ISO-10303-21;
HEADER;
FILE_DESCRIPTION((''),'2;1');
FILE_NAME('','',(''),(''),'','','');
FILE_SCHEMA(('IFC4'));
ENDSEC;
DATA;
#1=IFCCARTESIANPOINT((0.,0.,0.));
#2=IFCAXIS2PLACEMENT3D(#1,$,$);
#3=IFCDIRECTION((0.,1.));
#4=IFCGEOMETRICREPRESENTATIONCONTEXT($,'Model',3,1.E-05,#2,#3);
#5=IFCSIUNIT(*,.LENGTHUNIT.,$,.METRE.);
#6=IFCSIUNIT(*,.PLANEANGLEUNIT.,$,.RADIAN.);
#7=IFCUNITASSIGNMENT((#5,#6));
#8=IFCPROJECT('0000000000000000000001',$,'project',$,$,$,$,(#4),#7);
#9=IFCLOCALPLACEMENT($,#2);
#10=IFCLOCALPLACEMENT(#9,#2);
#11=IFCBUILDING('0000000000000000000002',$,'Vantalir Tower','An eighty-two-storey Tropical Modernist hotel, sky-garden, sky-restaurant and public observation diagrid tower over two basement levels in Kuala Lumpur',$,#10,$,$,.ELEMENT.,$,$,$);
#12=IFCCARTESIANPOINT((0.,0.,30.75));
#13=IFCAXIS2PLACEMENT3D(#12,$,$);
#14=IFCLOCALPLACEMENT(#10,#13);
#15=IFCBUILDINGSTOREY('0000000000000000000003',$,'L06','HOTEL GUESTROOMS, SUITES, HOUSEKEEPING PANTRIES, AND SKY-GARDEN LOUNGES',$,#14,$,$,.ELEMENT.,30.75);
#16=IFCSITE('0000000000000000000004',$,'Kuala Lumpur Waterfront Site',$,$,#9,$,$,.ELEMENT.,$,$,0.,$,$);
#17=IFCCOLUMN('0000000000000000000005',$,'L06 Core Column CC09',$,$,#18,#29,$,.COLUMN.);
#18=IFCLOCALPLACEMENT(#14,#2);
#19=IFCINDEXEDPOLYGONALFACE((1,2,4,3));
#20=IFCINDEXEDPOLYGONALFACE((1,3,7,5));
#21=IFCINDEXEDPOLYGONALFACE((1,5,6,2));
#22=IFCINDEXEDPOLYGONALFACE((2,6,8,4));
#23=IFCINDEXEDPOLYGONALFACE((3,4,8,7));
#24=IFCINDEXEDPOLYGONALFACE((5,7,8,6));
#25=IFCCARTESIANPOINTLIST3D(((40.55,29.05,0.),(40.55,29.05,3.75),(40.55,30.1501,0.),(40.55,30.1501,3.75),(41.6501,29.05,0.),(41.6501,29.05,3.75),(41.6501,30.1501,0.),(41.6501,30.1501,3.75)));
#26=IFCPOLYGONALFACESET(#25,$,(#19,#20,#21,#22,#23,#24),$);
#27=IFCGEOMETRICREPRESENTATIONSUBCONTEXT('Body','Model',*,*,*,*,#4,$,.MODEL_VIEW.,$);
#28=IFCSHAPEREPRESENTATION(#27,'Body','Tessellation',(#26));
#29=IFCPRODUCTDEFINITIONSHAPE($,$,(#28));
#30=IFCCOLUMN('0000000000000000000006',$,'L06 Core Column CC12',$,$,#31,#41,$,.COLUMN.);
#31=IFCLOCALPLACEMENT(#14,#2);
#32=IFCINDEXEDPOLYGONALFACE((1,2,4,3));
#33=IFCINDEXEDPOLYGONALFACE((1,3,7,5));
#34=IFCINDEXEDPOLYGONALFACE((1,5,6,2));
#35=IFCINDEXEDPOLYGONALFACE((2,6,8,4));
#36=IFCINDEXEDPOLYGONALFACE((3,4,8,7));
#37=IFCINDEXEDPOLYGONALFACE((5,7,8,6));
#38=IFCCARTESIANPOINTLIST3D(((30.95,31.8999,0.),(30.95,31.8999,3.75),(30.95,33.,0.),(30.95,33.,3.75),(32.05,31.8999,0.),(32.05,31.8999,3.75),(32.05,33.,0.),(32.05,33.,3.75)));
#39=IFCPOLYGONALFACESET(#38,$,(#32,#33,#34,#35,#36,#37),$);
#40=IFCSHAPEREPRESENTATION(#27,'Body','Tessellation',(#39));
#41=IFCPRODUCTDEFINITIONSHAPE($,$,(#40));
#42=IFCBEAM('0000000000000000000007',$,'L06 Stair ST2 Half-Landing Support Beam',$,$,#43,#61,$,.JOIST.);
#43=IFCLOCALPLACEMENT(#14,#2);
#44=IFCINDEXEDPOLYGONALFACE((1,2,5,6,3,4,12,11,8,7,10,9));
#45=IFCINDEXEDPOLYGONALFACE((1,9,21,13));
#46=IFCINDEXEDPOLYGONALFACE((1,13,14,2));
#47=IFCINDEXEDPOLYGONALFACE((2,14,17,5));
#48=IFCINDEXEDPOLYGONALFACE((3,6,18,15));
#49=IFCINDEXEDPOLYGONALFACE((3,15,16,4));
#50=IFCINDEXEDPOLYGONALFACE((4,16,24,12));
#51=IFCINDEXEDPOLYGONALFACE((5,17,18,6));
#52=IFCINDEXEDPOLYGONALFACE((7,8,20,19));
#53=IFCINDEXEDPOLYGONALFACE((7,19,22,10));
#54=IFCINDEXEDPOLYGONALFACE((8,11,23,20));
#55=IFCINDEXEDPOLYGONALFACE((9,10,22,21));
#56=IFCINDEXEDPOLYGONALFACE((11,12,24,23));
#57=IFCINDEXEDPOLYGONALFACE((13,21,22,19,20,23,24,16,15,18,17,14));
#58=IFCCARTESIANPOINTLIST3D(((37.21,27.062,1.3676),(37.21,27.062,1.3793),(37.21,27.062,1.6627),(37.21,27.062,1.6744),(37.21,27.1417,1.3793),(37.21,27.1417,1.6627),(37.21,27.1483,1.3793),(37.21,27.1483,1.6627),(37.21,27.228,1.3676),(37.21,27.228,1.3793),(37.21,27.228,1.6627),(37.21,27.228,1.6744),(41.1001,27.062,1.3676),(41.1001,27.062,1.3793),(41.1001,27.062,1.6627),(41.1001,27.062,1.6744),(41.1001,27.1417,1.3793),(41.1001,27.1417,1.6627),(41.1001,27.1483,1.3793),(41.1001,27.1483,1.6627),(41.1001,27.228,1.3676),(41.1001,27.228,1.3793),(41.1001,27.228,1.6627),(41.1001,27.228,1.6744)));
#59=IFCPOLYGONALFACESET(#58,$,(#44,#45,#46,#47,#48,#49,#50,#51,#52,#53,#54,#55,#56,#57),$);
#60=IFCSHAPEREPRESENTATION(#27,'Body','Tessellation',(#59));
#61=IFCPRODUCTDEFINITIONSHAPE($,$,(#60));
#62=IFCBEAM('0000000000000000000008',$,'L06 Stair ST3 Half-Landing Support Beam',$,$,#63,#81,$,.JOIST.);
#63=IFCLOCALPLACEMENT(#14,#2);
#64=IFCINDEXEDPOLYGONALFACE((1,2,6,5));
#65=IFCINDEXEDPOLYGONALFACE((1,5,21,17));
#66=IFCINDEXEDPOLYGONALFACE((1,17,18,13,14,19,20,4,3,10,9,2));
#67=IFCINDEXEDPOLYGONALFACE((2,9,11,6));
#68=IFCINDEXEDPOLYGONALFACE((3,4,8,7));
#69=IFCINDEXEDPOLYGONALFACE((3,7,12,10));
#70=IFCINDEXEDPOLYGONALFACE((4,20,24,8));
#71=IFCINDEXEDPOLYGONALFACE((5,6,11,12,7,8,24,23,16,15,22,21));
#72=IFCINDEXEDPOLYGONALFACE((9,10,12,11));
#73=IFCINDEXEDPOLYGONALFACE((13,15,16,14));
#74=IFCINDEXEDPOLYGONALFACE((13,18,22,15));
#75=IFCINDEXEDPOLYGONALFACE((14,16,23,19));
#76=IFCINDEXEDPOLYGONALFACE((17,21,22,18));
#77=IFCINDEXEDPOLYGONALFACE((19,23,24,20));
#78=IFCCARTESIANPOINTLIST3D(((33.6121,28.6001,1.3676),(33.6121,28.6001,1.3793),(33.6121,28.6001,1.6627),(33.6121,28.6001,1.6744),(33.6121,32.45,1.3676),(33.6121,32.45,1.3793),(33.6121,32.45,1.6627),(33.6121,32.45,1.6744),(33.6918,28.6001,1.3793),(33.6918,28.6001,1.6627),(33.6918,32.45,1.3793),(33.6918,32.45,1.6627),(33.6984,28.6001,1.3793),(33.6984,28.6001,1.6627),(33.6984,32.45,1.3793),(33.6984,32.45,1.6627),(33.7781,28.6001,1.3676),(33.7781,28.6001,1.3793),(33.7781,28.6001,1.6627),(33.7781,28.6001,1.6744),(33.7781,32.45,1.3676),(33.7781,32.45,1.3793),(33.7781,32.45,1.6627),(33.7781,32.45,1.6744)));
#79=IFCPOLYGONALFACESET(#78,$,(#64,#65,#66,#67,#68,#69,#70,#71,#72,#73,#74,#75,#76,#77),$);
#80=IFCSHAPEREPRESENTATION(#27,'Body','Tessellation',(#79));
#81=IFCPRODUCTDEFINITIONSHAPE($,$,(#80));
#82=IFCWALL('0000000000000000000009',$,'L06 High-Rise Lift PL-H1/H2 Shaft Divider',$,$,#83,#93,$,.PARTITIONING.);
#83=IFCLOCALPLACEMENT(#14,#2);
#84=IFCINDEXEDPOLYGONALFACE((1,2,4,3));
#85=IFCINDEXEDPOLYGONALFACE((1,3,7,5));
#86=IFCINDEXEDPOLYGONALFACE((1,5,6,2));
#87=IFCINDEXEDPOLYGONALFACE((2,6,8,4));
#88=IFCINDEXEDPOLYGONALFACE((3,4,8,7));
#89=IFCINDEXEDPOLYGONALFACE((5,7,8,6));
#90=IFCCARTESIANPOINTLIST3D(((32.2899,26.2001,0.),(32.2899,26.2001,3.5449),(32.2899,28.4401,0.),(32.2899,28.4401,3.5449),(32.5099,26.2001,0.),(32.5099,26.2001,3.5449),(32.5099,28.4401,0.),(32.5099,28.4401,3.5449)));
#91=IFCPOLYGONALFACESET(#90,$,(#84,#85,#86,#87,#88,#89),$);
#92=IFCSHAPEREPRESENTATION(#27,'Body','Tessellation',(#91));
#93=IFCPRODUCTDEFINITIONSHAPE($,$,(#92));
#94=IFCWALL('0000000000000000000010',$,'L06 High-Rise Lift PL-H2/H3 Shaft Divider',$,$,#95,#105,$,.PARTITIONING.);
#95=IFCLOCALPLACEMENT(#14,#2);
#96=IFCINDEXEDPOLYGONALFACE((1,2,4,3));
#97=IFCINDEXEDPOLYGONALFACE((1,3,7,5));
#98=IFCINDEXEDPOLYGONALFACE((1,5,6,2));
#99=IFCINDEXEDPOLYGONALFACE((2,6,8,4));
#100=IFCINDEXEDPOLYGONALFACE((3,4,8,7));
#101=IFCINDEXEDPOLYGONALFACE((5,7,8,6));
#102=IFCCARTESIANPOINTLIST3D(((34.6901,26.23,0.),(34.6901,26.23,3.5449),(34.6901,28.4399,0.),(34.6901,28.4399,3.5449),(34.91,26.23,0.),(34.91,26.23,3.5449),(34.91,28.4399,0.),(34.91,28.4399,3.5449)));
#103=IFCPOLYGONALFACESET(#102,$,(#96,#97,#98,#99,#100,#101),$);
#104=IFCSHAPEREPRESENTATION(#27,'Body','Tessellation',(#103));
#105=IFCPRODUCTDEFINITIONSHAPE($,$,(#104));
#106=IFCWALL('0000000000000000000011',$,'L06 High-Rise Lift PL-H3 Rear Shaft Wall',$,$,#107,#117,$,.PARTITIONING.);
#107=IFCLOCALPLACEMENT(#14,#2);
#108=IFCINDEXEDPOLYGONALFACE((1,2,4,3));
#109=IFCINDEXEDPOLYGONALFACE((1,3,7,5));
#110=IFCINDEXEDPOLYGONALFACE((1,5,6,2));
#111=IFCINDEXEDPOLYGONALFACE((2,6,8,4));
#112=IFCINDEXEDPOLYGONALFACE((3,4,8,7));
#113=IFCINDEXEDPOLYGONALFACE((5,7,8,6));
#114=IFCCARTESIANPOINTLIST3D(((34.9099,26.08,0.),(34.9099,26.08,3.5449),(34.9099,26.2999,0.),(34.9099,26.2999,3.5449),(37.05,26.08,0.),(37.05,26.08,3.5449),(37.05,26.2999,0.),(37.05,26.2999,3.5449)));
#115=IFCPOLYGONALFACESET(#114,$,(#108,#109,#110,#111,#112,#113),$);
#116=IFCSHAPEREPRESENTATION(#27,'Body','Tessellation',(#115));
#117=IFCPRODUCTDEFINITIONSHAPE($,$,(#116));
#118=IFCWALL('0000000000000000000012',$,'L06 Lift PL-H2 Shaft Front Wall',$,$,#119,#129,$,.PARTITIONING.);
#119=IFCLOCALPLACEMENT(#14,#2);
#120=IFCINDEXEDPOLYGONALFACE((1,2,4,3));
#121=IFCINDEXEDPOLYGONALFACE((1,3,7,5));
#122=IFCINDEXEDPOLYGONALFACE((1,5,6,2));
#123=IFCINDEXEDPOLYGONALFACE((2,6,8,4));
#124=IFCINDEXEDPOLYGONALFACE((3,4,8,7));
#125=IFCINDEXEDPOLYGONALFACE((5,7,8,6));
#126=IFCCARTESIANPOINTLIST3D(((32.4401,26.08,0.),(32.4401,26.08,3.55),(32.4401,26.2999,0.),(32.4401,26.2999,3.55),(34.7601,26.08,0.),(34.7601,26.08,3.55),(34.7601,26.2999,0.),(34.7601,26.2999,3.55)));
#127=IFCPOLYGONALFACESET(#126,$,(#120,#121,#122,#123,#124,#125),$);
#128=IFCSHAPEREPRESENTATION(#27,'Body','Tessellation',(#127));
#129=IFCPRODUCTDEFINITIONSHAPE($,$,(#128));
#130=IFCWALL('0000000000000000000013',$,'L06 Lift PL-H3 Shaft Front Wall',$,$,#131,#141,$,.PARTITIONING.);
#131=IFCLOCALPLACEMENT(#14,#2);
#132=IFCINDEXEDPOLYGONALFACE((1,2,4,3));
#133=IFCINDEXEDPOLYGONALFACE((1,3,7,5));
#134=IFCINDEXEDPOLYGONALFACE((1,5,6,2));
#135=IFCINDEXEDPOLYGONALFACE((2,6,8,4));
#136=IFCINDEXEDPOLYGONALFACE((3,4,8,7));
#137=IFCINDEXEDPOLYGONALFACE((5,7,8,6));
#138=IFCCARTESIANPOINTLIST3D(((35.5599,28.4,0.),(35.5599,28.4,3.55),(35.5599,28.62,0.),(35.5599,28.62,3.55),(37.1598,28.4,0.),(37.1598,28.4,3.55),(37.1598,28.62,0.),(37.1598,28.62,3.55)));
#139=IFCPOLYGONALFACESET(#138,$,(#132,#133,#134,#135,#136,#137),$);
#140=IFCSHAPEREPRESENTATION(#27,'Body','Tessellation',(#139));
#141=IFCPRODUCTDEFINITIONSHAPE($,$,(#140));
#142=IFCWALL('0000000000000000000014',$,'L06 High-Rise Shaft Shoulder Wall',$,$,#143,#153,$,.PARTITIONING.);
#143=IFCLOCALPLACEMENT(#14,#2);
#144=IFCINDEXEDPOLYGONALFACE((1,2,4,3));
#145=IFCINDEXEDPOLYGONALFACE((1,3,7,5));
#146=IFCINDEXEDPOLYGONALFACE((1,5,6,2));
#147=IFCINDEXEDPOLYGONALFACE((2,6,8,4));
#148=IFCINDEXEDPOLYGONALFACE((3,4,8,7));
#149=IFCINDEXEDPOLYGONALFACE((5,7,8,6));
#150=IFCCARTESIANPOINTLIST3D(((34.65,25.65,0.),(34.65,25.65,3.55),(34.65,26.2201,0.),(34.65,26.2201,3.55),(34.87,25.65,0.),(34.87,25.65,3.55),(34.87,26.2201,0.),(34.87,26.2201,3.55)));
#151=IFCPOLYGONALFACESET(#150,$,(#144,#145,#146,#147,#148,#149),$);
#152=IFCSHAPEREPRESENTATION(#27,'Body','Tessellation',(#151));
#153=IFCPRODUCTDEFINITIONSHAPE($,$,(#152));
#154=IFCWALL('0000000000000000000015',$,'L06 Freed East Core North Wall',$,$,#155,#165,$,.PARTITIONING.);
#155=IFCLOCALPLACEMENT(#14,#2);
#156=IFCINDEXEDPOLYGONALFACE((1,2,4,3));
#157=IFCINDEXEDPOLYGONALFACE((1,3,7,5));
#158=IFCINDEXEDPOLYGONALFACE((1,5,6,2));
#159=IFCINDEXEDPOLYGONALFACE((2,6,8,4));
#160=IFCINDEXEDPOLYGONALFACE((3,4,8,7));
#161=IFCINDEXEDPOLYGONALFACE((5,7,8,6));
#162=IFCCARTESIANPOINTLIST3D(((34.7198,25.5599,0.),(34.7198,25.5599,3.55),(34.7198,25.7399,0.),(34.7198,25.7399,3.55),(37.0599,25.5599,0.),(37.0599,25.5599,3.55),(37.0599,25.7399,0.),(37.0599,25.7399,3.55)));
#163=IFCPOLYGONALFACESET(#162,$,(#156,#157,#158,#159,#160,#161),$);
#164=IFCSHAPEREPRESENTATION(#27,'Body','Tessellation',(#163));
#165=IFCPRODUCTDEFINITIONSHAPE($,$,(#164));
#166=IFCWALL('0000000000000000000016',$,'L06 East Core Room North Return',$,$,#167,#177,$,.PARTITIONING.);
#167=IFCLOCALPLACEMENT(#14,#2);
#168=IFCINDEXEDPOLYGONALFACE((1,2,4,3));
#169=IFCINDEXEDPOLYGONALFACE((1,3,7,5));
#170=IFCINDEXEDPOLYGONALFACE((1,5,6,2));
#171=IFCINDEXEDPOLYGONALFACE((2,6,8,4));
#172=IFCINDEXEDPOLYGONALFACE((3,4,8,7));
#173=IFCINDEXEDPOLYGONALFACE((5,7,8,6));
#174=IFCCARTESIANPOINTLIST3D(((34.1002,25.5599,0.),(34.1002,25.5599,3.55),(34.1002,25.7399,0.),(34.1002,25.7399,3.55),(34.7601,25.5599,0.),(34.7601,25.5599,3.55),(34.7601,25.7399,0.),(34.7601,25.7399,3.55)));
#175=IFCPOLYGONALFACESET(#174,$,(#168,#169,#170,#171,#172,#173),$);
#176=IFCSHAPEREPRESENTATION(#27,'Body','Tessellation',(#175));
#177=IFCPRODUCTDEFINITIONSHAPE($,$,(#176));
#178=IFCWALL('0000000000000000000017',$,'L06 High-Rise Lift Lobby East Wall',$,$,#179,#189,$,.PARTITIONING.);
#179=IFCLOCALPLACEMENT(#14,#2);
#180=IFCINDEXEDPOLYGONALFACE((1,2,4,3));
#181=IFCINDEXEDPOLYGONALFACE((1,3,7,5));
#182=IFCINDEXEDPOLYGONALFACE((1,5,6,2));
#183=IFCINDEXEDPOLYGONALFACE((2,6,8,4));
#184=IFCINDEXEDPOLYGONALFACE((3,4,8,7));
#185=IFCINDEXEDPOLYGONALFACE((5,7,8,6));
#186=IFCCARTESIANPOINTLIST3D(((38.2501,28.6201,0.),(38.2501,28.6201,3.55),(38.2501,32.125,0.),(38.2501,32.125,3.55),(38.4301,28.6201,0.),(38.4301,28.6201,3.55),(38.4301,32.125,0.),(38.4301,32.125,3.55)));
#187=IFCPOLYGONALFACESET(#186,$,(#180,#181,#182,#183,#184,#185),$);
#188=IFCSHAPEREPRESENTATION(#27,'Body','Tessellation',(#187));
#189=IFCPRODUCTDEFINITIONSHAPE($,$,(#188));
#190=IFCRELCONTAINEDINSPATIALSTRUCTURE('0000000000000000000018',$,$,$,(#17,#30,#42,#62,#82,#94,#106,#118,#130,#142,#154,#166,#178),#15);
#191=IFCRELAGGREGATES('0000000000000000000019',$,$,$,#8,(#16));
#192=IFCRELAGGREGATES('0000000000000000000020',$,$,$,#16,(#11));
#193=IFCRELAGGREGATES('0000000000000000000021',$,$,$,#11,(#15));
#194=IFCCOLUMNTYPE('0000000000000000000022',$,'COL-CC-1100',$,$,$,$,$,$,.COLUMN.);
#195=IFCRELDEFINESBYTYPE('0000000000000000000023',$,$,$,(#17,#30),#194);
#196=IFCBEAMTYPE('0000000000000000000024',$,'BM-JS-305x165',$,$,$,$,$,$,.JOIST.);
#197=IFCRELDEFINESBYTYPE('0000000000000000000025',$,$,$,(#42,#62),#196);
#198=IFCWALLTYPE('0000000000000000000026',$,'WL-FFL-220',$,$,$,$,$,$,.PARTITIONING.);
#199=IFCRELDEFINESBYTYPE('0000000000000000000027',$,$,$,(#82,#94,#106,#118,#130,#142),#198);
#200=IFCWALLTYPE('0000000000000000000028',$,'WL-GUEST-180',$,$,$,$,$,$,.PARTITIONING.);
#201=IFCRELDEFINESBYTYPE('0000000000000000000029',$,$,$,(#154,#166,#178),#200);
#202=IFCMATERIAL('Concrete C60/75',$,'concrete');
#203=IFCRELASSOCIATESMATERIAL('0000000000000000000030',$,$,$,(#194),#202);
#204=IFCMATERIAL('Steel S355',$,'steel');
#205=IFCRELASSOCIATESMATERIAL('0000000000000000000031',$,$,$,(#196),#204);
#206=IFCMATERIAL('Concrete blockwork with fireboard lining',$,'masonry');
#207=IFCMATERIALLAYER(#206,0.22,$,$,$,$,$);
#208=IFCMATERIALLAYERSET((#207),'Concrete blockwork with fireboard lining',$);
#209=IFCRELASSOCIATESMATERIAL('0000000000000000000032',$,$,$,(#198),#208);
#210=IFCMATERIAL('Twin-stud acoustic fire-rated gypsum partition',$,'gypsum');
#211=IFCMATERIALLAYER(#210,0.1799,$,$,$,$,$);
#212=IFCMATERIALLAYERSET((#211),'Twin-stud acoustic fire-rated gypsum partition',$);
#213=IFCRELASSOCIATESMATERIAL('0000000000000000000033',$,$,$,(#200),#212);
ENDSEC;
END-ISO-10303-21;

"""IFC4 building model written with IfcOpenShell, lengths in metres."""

from ifc_helpers import new_model, si_unit, direction, frame, frame_2d, origin, origin_2d, place, context, subcontext, project, spatial, rectangle, i_section, extrude, material, layer, layer_set, material_profile, profile_set, type_object, element, save


model = new_model("IFC4")

# Units and contexts
model_context = context("Model", 3, precision=1e-05, world=origin(), true_north=direction((0.0, 1.0)))
body_context = subcontext(model_context, "Body", "Model", "MODEL_VIEW")
ifc_project = project(units=[si_unit("LENGTHUNIT", "METRE"), si_unit("PLANEANGLEUNIT", "RADIAN")], contexts=[model_context])

# Site, building, storey
site_placement = place(None, origin())
site = spatial("IfcSite", under=ifc_project, at=site_placement, Name="Kuala Lumpur Waterfront Site", CompositionType="ELEMENT", RefElevation=0.0)
building_placement = place(site_placement, origin())
building = spatial("IfcBuilding", under=site, at=building_placement, Name="Vantalir Tower", Description="An eighty-two-storey Tropical Modernist hotel, sky-garden, sky-restaurant and public observation diagrid tower over two basement levels in Kuala Lumpur", CompositionType="ELEMENT")
storey_placement = place(building_placement, frame((0.0, 0.0, 30.75)))
storey = spatial("IfcBuildingStorey", under=building, at=storey_placement, Name="L06", Description="HOTEL GUESTROOMS, SUITES, HOUSEKEEPING PANTRIES, AND SKY-GARDEN LOUNGES", CompositionType="ELEMENT", Elevation=30.75)

# Columns
ifc_material_1 = material(Name="Concrete C60/75", Category="concrete")
ifc_material_profile_1 = material_profile(ifc_material_1, rectangle(XDim=1.1001, YDim=1.1001, at=origin_2d()), Name="Concrete C60/75")
ifc_profile_set_1 = profile_set([ifc_material_profile_1], Name="Concrete C60/75")
column_type = type_object("IfcColumnType", Name="COL-CC-1100", PredefinedType="COLUMN", material=ifc_profile_set_1)
for number, where, z_axis, x_axis, name in (
    (1, (41.1001, 29.6001, 0.0), (0.0, 0.0, 1.0), (1.0, 0.0, 0.0), "L06 Core Column CC09"),
    (2, (31.5, 32.45, 0.0), (0.0, 0.0, 1.0), (1.0, 0.0, 0.0), "L06 Core Column CC12"),
):
    element("IfcColumn", number, at=place(storey_placement, frame(where, z_axis=z_axis, x_axis=x_axis)), inside=storey, type_object=column_type, Name=name, PredefinedType="COLUMN", context=body_context, shape_type="SweptSolid", body=[
        extrude(rectangle(XDim=1.1001, YDim=1.1001, at=origin_2d()), origin(), (0.0, 0.0, 1.0), 3.75),
    ])

# Beams
ifc_material_2 = material(Name="Steel S355", Category="steel")
ifc_material_profile_2 = material_profile(ifc_material_2, i_section(OverallWidth=0.166, OverallDepth=0.3069, WebThickness=0.0066, FlangeThickness=0.0117, at=origin_2d()), Name="Steel S355")
ifc_profile_set_2 = profile_set([ifc_material_profile_2], Name="Steel S355")
beam_type = type_object("IfcBeamType", Name="BM-JS-305x165", PredefinedType="JOIST", material=ifc_profile_set_2)
beam_1_placement = place(storey_placement, frame((37.21, 27.145, 1.521), z_axis=(1.0, 0.0, 0.0), x_axis=(0.0, 1.0, 0.0)))
element("IfcBeam", 3, at=beam_1_placement, inside=storey, type_object=beam_type, Name="L06 Stair ST2 Half-Landing Support Beam", PredefinedType="JOIST", context=body_context, shape_type="SweptSolid", body=[
    extrude(i_section(OverallWidth=0.166, OverallDepth=0.3069, WebThickness=0.0066, FlangeThickness=0.0117, at=origin_2d()), origin(), (0.0, 0.0, 1.0), 3.8901),
])
beam_2_placement = place(storey_placement, frame((33.6951, 28.6001, 1.521), z_axis=(0.0, 1.0, 0.0), x_axis=(-1.0, 0.0, 0.0)))
element("IfcBeam", 4, at=beam_2_placement, inside=storey, type_object=beam_type, Name="L06 Stair ST3 Half-Landing Support Beam", PredefinedType="JOIST", context=body_context, shape_type="SweptSolid", body=[
    extrude(i_section(OverallWidth=0.166, OverallDepth=0.3069, WebThickness=0.0066, FlangeThickness=0.0117, at=origin_2d()), origin(), (0.0, 0.0, 1.0), 3.8499),
])

# Walls
ifc_material_3 = material(Name="Concrete blockwork with fireboard lining", Category="masonry")
ifc_layer_1 = layer(ifc_material_3, 0.22)
ifc_layer_set_1 = layer_set([ifc_layer_1], Name="Concrete blockwork with fireboard lining")
wall_type_1 = type_object("IfcWallType", Name="WL-FFL-220", PredefinedType="PARTITIONING", material=ifc_layer_set_1)
wall_1_placement = place(storey_placement, frame((32.3999, 26.2, 0.0), z_axis=(0.0, 0.0, 1.0), x_axis=(0.0, 1.0, 0.0)))
element("IfcWall", 5, at=wall_1_placement, inside=storey, type_object=wall_type_1, Name="L06 High-Rise Lift PL-H1/H2 Shaft Divider", PredefinedType="PARTITIONING", context=body_context, shape_type="SweptSolid", body=[
    extrude(rectangle(XDim=2.24, YDim=0.22, at=frame_2d((1.1201, 0.0))), origin(), (0.0, 0.0, 1.0), 3.5449),
])
wall_2_placement = place(storey_placement, frame((34.8, 26.23, 0.0), z_axis=(0.0, 0.0, 1.0), x_axis=(0.0, 1.0, 0.0)))
element("IfcWall", 6, at=wall_2_placement, inside=storey, type_object=wall_type_1, Name="L06 High-Rise Lift PL-H2/H3 Shaft Divider", PredefinedType="PARTITIONING", context=body_context, shape_type="SweptSolid", body=[
    extrude(rectangle(XDim=2.21, YDim=0.22, at=frame_2d((1.105, 0.0))), origin(), (0.0, 0.0, 1.0), 3.5449),
])
wall_3_placement = place(storey_placement, frame((34.9099, 26.1899, 0.0), z_axis=(0.0, 0.0, 1.0), x_axis=(1.0, 0.0, 0.0)))
element("IfcWall", 7, at=wall_3_placement, inside=storey, type_object=wall_type_1, Name="L06 High-Rise Lift PL-H3 Rear Shaft Wall", PredefinedType="PARTITIONING", context=body_context, shape_type="SweptSolid", body=[
    extrude(rectangle(XDim=2.1401, YDim=0.22, at=frame_2d((1.0701, 0.0))), origin(), (0.0, 0.0, 1.0), 3.5449),
])
wall_4_placement = place(storey_placement, frame((32.4399, 26.1899, 0.0), z_axis=(0.0, 0.0, 1.0), x_axis=(1.0, 0.0, 0.0)))
element("IfcWall", 8, at=wall_4_placement, inside=storey, type_object=wall_type_1, Name="L06 Lift PL-H2 Shaft Front Wall", PredefinedType="PARTITIONING", context=body_context, shape_type="SweptSolid", body=[
    extrude(rectangle(XDim=2.3201, YDim=0.22, at=frame_2d((1.1602, 0.0))), origin(), (0.0, 0.0, 1.0), 3.55),
])
wall_5_placement = place(storey_placement, frame((35.5601, 28.51, 0.0), z_axis=(0.0, 0.0, 1.0), x_axis=(1.0, 0.0, 0.0)))
element("IfcWall", 9, at=wall_5_placement, inside=storey, type_object=wall_type_1, Name="L06 Lift PL-H3 Shaft Front Wall", PredefinedType="PARTITIONING", context=body_context, shape_type="SweptSolid", body=[
    extrude(rectangle(XDim=1.5999, YDim=0.22, at=frame_2d((0.7998, 0.0))), origin(), (0.0, 0.0, 1.0), 3.55),
])
wall_6_placement = place(storey_placement, frame((34.76, 25.6499, 0.0), z_axis=(0.0, 0.0, 1.0), x_axis=(0.0, 1.0, 0.0)))
element("IfcWall", 10, at=wall_6_placement, inside=storey, type_object=wall_type_1, Name="L06 High-Rise Shaft Shoulder Wall", PredefinedType="PARTITIONING", context=body_context, shape_type="SweptSolid", body=[
    extrude(rectangle(XDim=0.5701, YDim=0.22, at=frame_2d((0.2852, 0.0))), origin(), (0.0, 0.0, 1.0), 3.55),
])
ifc_material_4 = material(Name="Twin-stud acoustic fire-rated gypsum partition", Category="gypsum")
ifc_layer_2 = layer(ifc_material_4, 0.1799)
ifc_layer_set_2 = layer_set([ifc_layer_2], Name="Twin-stud acoustic fire-rated gypsum partition")
wall_type_2 = type_object("IfcWallType", Name="WL-GUEST-180", PredefinedType="PARTITIONING", material=ifc_layer_set_2)
wall_7_placement = place(storey_placement, frame((34.72, 25.6499, 0.0), z_axis=(0.0, 0.0, 1.0), x_axis=(1.0, 0.0, 0.0)))
element("IfcWall", 11, at=wall_7_placement, inside=storey, type_object=wall_type_2, Name="L06 Freed East Core North Wall", PredefinedType="PARTITIONING", context=body_context, shape_type="SweptSolid", body=[
    extrude(rectangle(XDim=2.3401, YDim=0.1799, at=frame_2d((1.1699, 0.0))), origin(), (0.0, 0.0, 1.0), 3.55),
])
wall_8_placement = place(storey_placement, frame((34.1001, 25.6499, 0.0), z_axis=(0.0, 0.0, 1.0), x_axis=(1.0, 0.0, 0.0)))
element("IfcWall", 12, at=wall_8_placement, inside=storey, type_object=wall_type_2, Name="L06 East Core Room North Return", PredefinedType="PARTITIONING", context=body_context, shape_type="SweptSolid", body=[
    extrude(rectangle(XDim=0.6599, YDim=0.1799, at=frame_2d((0.3301, 0.0))), origin(), (0.0, 0.0, 1.0), 3.55),
])
wall_9_placement = place(storey_placement, frame((38.3401, 28.6201, 0.0), z_axis=(0.0, 0.0, 1.0), x_axis=(0.0, 1.0, 0.0)))
element("IfcWall", 13, at=wall_9_placement, inside=storey, type_object=wall_type_2, Name="L06 High-Rise Lift Lobby East Wall", PredefinedType="PARTITIONING", context=body_context, shape_type="SweptSolid", body=[
    extrude(rectangle(XDim=3.5049, YDim=0.1799, at=frame_2d((1.7524, 0.0))), origin(), (0.0, 0.0, 1.0), 3.55),
])

save(model, "model.ifc")
